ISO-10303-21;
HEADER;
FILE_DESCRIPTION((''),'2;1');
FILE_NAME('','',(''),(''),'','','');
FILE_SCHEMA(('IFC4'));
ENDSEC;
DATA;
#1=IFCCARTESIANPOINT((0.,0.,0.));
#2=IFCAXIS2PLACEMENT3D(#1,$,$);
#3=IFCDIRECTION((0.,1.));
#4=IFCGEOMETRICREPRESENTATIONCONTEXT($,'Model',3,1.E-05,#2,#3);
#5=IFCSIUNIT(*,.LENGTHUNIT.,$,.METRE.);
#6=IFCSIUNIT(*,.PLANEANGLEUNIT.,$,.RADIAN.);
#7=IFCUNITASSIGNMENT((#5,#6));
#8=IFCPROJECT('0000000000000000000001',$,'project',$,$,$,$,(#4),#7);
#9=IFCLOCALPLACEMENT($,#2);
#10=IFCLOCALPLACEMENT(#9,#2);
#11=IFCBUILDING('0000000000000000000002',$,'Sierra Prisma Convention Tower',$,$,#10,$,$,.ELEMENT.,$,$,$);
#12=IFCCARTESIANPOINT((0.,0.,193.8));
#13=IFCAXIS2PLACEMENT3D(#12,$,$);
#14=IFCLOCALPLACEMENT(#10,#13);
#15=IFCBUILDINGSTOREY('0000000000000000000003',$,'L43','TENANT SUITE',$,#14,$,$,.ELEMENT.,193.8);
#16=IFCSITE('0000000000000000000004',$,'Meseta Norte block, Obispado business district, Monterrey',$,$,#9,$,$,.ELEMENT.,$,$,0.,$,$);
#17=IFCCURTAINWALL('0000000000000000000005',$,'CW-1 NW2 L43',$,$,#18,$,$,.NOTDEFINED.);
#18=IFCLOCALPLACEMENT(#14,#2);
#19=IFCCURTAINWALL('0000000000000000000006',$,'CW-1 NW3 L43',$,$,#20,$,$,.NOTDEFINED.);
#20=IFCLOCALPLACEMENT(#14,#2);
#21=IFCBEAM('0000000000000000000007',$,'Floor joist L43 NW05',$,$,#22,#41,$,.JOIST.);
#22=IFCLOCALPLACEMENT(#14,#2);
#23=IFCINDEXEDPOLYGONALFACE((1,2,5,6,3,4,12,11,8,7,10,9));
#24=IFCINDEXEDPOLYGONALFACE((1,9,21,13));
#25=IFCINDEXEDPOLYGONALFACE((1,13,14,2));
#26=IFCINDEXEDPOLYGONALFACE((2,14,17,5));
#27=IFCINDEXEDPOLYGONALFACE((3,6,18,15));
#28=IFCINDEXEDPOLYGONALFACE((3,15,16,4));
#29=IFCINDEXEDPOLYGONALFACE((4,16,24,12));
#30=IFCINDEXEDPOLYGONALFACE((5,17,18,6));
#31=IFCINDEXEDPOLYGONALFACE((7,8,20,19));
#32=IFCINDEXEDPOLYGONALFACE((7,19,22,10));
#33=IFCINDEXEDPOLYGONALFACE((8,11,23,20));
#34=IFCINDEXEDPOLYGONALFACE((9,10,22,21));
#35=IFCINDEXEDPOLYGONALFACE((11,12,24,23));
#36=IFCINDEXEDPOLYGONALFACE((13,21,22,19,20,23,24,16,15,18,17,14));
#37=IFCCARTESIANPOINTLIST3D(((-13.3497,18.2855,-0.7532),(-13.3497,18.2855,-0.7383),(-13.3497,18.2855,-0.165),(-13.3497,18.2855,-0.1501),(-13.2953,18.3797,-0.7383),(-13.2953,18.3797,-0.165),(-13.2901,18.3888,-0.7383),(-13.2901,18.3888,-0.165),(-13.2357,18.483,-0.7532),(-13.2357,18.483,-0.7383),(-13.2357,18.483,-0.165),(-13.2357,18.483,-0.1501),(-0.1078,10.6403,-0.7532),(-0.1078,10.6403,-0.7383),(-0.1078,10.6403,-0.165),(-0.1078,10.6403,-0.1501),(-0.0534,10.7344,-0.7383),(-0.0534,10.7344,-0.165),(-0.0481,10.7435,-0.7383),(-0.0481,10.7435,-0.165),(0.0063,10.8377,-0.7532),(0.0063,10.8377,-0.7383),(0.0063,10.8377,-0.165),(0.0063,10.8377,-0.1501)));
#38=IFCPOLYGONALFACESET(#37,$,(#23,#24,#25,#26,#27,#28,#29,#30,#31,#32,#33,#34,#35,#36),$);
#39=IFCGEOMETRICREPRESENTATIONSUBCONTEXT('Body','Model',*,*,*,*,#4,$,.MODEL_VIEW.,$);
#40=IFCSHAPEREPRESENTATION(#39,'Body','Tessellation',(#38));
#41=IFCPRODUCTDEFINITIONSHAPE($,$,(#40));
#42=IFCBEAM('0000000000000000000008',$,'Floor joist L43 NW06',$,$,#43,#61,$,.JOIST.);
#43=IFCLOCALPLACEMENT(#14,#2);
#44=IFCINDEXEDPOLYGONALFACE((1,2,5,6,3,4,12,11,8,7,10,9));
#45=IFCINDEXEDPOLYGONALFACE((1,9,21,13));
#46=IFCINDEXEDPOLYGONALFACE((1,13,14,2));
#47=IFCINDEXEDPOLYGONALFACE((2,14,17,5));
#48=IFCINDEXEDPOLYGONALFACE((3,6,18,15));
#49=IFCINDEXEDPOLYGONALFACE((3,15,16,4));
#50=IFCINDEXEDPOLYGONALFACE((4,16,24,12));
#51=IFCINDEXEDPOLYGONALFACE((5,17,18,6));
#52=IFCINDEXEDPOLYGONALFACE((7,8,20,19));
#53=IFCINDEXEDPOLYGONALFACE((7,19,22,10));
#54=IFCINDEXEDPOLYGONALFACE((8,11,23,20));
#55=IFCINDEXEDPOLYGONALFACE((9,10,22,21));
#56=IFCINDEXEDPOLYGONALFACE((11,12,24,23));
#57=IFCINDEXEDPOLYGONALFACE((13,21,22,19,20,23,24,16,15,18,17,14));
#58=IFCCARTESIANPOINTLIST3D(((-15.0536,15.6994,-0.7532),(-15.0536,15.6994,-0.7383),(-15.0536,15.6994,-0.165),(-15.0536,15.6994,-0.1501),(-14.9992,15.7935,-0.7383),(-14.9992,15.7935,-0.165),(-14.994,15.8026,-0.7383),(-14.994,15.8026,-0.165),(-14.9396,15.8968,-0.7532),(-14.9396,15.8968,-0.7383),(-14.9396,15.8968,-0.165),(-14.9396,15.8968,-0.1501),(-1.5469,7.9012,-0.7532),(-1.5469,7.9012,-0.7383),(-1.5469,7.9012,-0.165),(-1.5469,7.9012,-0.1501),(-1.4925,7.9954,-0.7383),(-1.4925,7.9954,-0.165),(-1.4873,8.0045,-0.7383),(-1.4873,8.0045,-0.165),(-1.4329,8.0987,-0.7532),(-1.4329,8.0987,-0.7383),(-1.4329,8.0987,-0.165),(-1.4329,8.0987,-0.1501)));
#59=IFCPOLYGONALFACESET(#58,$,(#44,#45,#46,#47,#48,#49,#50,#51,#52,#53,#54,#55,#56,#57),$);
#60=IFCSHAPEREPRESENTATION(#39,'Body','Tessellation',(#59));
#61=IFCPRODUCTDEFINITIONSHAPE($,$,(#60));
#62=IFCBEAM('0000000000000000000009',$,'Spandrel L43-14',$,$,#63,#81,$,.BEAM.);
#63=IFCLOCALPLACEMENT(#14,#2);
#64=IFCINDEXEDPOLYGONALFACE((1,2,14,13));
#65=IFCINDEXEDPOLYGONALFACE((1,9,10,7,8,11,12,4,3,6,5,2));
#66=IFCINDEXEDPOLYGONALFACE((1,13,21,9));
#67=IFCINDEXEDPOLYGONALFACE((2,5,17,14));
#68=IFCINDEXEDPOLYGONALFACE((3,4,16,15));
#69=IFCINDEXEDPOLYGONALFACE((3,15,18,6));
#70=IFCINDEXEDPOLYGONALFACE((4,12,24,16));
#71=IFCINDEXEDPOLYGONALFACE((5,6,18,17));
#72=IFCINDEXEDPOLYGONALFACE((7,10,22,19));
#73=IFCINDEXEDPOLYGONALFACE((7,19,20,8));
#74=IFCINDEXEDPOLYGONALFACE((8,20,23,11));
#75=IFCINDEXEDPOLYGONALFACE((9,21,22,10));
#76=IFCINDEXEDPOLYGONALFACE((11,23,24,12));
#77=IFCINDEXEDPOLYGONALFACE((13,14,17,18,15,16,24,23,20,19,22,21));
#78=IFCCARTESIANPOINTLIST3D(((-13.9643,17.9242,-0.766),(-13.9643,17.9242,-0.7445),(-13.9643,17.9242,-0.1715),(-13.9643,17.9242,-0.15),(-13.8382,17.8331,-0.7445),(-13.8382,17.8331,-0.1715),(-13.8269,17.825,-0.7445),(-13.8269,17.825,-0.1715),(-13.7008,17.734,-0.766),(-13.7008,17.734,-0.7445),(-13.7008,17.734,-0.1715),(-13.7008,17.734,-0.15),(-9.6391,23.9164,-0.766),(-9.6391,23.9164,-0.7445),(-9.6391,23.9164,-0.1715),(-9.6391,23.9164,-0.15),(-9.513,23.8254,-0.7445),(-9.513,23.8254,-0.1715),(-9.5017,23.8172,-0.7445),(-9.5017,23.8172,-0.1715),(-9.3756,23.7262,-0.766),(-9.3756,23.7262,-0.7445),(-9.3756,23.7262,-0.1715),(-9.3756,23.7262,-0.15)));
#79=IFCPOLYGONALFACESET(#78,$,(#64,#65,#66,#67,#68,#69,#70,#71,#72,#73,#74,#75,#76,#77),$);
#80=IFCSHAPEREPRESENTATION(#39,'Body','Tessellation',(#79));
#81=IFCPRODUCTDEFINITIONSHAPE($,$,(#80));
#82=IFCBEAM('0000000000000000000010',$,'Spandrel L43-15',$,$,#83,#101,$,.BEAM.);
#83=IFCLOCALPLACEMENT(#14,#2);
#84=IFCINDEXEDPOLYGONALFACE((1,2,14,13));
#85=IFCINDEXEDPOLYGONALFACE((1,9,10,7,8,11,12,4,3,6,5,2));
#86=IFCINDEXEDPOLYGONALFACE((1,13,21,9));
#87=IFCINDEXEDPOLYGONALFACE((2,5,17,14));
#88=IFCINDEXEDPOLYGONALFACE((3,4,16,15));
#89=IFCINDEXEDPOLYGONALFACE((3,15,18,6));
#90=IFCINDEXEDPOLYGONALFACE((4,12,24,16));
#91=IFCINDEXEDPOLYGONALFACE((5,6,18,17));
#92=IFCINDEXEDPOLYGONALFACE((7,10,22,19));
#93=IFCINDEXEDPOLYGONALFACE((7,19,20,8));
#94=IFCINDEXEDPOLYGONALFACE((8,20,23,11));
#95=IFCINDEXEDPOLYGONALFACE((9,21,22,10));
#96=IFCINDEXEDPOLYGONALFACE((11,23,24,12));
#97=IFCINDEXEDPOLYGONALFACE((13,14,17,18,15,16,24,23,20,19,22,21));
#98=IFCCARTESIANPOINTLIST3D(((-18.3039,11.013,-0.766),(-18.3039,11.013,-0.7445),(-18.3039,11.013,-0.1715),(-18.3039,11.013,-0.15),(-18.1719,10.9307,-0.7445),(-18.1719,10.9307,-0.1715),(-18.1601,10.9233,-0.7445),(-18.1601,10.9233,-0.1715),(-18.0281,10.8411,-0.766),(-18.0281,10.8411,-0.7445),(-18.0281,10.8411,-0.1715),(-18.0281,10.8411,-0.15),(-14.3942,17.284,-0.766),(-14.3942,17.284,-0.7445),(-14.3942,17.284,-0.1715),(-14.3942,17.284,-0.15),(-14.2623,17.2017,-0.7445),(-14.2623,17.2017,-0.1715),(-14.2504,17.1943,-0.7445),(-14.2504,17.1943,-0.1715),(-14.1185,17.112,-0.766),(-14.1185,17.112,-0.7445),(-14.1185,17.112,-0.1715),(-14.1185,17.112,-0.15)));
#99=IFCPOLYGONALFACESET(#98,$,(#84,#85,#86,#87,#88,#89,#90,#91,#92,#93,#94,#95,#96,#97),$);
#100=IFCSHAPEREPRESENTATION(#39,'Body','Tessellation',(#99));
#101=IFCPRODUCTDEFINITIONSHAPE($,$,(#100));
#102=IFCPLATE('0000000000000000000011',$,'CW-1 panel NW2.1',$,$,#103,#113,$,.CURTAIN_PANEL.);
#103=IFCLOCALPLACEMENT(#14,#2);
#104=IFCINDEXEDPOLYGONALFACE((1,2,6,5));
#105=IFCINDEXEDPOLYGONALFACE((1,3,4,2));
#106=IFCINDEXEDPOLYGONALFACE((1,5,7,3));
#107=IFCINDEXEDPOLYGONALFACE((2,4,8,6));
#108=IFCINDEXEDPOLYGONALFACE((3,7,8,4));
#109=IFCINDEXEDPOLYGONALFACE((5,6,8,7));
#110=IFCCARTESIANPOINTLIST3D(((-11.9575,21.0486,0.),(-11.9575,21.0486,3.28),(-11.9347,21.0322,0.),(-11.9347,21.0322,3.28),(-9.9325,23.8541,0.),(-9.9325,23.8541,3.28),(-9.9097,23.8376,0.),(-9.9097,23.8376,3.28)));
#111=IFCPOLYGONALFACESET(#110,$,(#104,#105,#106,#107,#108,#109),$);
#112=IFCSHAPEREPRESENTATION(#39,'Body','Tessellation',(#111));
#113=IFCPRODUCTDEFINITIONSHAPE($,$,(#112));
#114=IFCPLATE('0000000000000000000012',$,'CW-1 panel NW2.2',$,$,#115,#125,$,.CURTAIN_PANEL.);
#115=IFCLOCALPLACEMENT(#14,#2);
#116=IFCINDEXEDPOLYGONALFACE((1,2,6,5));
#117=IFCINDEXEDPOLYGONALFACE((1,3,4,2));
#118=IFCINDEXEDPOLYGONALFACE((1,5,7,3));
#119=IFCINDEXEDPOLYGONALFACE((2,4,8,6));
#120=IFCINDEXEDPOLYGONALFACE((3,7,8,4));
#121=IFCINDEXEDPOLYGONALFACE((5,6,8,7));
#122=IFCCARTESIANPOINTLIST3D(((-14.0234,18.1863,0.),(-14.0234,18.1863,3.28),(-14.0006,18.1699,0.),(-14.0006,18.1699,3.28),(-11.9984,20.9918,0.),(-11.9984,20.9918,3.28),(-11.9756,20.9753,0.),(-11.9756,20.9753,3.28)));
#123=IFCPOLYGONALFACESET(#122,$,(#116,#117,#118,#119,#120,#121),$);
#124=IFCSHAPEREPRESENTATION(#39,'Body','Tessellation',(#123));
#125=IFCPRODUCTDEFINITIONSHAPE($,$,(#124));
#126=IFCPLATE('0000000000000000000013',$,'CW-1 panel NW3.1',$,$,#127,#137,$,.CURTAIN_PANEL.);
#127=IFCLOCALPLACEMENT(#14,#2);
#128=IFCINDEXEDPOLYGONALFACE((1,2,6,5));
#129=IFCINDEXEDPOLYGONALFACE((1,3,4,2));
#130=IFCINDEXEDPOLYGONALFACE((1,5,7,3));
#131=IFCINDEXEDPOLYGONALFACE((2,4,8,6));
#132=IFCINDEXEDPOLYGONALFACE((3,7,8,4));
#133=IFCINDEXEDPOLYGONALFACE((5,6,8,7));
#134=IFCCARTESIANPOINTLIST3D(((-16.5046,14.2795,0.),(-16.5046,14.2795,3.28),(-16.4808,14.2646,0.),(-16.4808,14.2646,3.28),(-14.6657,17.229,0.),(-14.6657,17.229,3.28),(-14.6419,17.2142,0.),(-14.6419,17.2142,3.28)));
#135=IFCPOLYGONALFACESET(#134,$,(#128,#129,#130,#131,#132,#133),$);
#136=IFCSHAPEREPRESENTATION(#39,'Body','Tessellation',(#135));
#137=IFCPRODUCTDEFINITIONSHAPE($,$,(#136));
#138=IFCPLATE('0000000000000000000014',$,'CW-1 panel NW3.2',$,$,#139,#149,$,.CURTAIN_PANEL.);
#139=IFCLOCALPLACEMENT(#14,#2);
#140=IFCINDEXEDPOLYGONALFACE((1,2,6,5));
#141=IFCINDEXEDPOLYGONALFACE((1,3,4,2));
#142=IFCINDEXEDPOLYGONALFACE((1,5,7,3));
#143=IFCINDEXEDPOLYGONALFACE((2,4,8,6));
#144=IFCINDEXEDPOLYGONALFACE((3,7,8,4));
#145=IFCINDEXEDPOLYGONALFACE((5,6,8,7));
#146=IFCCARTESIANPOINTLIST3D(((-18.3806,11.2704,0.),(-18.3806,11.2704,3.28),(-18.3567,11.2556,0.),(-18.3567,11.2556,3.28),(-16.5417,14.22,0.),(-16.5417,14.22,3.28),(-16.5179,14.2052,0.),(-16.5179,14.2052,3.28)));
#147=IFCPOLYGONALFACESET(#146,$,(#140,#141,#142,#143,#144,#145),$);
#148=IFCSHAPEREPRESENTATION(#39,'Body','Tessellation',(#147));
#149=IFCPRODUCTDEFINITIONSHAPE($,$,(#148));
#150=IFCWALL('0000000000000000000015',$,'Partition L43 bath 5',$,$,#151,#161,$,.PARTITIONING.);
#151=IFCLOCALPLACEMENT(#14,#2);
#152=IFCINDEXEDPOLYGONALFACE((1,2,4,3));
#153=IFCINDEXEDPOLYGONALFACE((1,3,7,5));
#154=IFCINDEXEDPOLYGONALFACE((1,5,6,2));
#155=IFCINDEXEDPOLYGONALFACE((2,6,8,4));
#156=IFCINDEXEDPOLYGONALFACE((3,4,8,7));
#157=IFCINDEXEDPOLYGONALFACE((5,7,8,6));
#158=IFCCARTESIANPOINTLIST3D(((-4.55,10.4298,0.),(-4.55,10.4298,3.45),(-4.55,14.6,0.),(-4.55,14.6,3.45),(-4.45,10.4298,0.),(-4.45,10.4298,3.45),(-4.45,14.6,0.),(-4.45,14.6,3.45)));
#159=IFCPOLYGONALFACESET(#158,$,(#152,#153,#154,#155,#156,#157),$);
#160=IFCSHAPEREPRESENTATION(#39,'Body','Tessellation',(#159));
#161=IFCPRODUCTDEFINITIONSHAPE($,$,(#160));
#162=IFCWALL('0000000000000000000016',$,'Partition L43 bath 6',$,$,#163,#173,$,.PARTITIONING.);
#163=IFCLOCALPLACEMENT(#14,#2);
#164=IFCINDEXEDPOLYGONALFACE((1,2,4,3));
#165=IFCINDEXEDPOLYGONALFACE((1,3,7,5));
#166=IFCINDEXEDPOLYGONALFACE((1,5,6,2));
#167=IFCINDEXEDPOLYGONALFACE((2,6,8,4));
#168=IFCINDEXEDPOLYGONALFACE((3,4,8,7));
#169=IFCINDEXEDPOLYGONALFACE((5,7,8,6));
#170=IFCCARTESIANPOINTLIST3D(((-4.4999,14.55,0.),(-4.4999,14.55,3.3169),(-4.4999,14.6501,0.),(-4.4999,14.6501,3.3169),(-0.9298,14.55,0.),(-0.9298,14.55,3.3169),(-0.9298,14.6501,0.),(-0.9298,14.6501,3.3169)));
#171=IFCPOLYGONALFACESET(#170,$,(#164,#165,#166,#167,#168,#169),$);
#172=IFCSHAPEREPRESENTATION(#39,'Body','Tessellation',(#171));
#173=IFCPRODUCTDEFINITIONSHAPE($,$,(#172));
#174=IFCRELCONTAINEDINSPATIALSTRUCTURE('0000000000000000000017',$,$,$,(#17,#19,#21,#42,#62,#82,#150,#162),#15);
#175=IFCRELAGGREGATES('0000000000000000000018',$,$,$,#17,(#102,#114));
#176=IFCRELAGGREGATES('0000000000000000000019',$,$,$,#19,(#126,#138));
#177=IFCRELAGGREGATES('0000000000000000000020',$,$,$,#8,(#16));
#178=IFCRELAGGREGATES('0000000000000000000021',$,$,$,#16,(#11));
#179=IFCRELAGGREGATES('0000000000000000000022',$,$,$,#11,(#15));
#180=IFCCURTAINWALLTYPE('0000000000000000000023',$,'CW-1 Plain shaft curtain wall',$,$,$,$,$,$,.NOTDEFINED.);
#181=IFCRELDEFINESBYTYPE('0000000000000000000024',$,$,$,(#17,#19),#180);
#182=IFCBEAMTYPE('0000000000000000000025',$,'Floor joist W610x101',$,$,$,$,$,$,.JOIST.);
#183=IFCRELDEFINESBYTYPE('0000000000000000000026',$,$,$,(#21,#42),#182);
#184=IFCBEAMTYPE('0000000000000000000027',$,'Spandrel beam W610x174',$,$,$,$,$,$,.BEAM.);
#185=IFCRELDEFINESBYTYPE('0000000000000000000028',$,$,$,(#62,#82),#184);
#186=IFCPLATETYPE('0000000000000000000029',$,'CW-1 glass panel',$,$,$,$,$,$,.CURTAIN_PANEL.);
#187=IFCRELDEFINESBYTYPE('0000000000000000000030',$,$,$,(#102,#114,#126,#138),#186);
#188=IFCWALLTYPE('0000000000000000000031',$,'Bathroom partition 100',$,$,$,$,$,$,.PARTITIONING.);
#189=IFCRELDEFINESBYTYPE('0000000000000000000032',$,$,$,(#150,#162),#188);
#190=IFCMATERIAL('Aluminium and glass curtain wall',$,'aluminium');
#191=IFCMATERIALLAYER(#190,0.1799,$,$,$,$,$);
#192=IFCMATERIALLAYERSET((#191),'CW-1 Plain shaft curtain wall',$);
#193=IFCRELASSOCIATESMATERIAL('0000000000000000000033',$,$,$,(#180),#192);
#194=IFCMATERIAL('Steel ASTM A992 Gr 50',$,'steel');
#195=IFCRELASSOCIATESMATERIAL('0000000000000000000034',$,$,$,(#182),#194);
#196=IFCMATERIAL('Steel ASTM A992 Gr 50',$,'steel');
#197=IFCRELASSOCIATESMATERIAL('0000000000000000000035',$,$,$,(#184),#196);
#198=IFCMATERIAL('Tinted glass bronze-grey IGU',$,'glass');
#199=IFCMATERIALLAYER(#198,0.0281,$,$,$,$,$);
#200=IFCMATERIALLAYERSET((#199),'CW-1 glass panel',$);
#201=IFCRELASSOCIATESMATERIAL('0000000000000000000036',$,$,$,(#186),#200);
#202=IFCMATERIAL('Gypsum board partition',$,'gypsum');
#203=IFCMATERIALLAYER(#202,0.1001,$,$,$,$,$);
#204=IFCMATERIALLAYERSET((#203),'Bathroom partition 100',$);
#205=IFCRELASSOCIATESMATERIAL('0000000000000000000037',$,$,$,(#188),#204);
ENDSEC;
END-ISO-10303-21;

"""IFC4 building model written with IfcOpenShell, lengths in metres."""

from ifc_helpers import new_model, si_unit, direction, frame, frame_2d, origin, origin_2d, place, context, subcontext, project, spatial, rectangle, i_section, extrude, material, layer, layer_set, material_profile, profile_set, type_object, element, aggregate, save


model = new_model("IFC4")

# Units and contexts
model_context = context("Model", 3, precision=1e-05, world=origin(), true_north=direction((0.0, 1.0)))
body_context = subcontext(model_context, "Body", "Model", "MODEL_VIEW")
ifc_project = project(units=[si_unit("LENGTHUNIT", "METRE"), si_unit("PLANEANGLEUNIT", "RADIAN")], contexts=[model_context])

# Site, building, storey
site_placement = place(None, origin())
site = spatial("IfcSite", under=ifc_project, at=site_placement, Name="Meseta Norte block, Obispado business district, Monterrey", CompositionType="ELEMENT", RefElevation=0.0)
building_placement = place(site_placement, origin())
building = spatial("IfcBuilding", under=site, at=building_placement, Name="Sierra Prisma Convention Tower", CompositionType="ELEMENT")
storey_placement = place(building_placement, frame((0.0, 0.0, 193.8)))
storey = spatial("IfcBuildingStorey", under=building, at=storey_placement, Name="L43", Description="TENANT SUITE", CompositionType="ELEMENT", Elevation=193.8)

# Curtain wall
ifc_material_1 = material(Name="Aluminium and glass curtain wall", Category="aluminium")
ifc_layer_1 = layer(ifc_material_1, 0.1799)
ifc_layer_set_1 = layer_set([ifc_layer_1], Name="CW-1 Plain shaft curtain wall")
curtain_wall_type = type_object("IfcCurtainWallType", Name="CW-1 Plain shaft curtain wall", PredefinedType="NOTDEFINED", material=ifc_layer_set_1)
curtain_wall_1_placement = place(storey_placement, origin())
curtain_wall_1 = element("IfcCurtainWall", 1, at=curtain_wall_1_placement, inside=storey, type_object=curtain_wall_type, Name="CW-1 NW2 L43", PredefinedType="NOTDEFINED")

# Curtain wall
curtain_wall_2_placement = place(storey_placement, origin())
curtain_wall_2 = element("IfcCurtainWall", 2, at=curtain_wall_2_placement, inside=storey, type_object=curtain_wall_type, Name="CW-1 NW3 L43", PredefinedType="NOTDEFINED")

# Beams
ifc_material_2 = material(Name="Steel ASTM A992 Gr 50", Category="steel")
ifc_material_profile_1 = material_profile(ifc_material_2, i_section(OverallWidth=0.228, OverallDepth=0.603, WebThickness=0.0105, FlangeThickness=0.0149, at=origin_2d()), Name="W610x101")
ifc_profile_set_1 = profile_set([ifc_material_profile_1], Name="Steel ASTM A992 Gr 50")
beam_type_1 = type_object("IfcBeamType", Name="Floor joist W610x101", PredefinedType="JOIST", material=ifc_profile_set_1)
beam_1_placement = place(storey_placement, frame((-13.2927, 18.3843, -0.4517), z_axis=(0.866025, -0.500001, 0.0), x_axis=(0.500001, 0.866025, 0.0)))
element("IfcBeam", 3, at=beam_1_placement, inside=storey, type_object=beam_type_1, Name="Floor joist L43 NW05", PredefinedType="JOIST", context=body_context, shape_type="SweptSolid", body=[
    extrude(i_section(OverallWidth=0.228, OverallDepth=0.603, WebThickness=0.0105, FlangeThickness=0.0149, at=origin_2d()), origin(), (0.0, 0.0, 1.0), 15.2905),
])
beam_2_placement = place(storey_placement, frame((-14.9966, 15.7981, -0.4517), z_axis=(0.866024, -0.500003, 0.0), x_axis=(0.500003, 0.866024, 0.0)))
element("IfcBeam", 4, at=beam_2_placement, inside=storey, type_object=beam_type_1, Name="Floor joist L43 NW06", PredefinedType="JOIST", context=body_context, shape_type="SweptSolid", body=[
    extrude(i_section(OverallWidth=0.228, OverallDepth=0.603, WebThickness=0.0105, FlangeThickness=0.0149, at=origin_2d()), origin(), (0.0, 0.0, 1.0), 15.5962),
])
ifc_material_3 = material(Name="Steel ASTM A992 Gr 50", Category="steel")
ifc_material_profile_2 = material_profile(ifc_material_3, i_section(OverallWidth=0.325, OverallDepth=0.616, WebThickness=0.0139, FlangeThickness=0.0215, at=origin_2d()), Name="W610x174")
ifc_profile_set_2 = profile_set([ifc_material_profile_2], Name="Steel ASTM A992 Gr 50")
beam_type_2 = type_object("IfcBeamType", Name="Spandrel beam W610x174", PredefinedType="BEAM", material=ifc_profile_set_2)
beam_3_placement = place(storey_placement, frame((-9.5073, 23.8213, -0.458), z_axis=(-0.585269, -0.810839, 0.0), x_axis=(0.810839, -0.585269, 0.0)))
element("IfcBeam", 5, at=beam_3_placement, inside=storey, type_object=beam_type_2, Name="Spandrel L43-14", PredefinedType="BEAM", context=body_context, shape_type="SweptSolid", body=[
    extrude(i_section(OverallWidth=0.325, OverallDepth=0.616, WebThickness=0.0139, FlangeThickness=0.0215, at=origin_2d()), origin(), (0.0, 0.0, 1.0), 7.3901),
])
beam_4_placement = place(storey_placement, frame((-14.2563, 17.198, -0.458), z_axis=(-0.529054, -0.848588, 0.0), x_axis=(0.848588, -0.529054, 0.0)))
element("IfcBeam", 6, at=beam_4_placement, inside=storey, type_object=beam_type_2, Name="Spandrel L43-15", PredefinedType="BEAM", context=body_context, shape_type="SweptSolid", body=[
    extrude(i_section(OverallWidth=0.325, OverallDepth=0.616, WebThickness=0.0139, FlangeThickness=0.0215, at=origin_2d()), origin(), (0.0, 0.0, 1.0), 7.3899),
])

# Plates
ifc_material_4 = material(Name="Tinted glass bronze-grey IGU", Category="glass")
ifc_layer_2 = layer(ifc_material_4, 0.0281)
ifc_layer_set_2 = layer_set([ifc_layer_2], Name="CW-1 glass panel")
plate_type = type_object("IfcPlateType", Name="CW-1 glass panel", PredefinedType="CURTAIN_PANEL", material=ifc_layer_set_2)
plate_1_placement = place(storey_placement, frame((-10.9336, 22.4431, 0.0), z_axis=(0.0, 0.0, 1.0), x_axis=(-0.585277, -0.810833, 0.0)))
plate_1 = element("IfcPlate", 7, at=plate_1_placement, type_object=plate_type, Name="CW-1 panel NW2.1", PredefinedType="CURTAIN_PANEL", context=body_context, shape_type="SweptSolid", body=[
    extrude(rectangle(XDim=3.46, YDim=0.0281, at=origin_2d()), origin(), (0.0, 0.0, 1.0), 3.28),
])
plate_2_placement = place(storey_placement, frame((-12.9995, 19.5808, 0.0), z_axis=(0.0, 0.0, 1.0), x_axis=(-0.585277, -0.810833, 0.0)))
plate_2 = element("IfcPlate", 8, at=plate_2_placement, type_object=plate_type, Name="CW-1 panel NW2.2", PredefinedType="CURTAIN_PANEL", context=body_context, shape_type="SweptSolid", body=[
    extrude(rectangle(XDim=3.46, YDim=0.0281, at=origin_2d()), origin(), (0.0, 0.0, 1.0), 3.28),
])
aggregate(curtain_wall_1, [plate_1, plate_2])
plate_3_placement = place(storey_placement, frame((-15.5732, 15.7468, 0.0), z_axis=(0.0, 0.0, 1.0), x_axis=(-0.529044, -0.848595, 0.0)))
plate_3 = element("IfcPlate", 9, at=plate_3_placement, type_object=plate_type, Name="CW-1 panel NW3.1", PredefinedType="CURTAIN_PANEL", context=body_context, shape_type="SweptSolid", body=[
    extrude(rectangle(XDim=3.4758, YDim=0.0281, at=origin_2d()), origin(), (0.0, 0.0, 1.0), 3.28),
])
plate_4_placement = place(storey_placement, frame((-17.4492, 12.7378, 0.0), z_axis=(0.0, 0.0, 1.0), x_axis=(-0.529044, -0.848595, 0.0)))
plate_4 = element("IfcPlate", 10, at=plate_4_placement, type_object=plate_type, Name="CW-1 panel NW3.2", PredefinedType="CURTAIN_PANEL", context=body_context, shape_type="SweptSolid", body=[
    extrude(rectangle(XDim=3.4758, YDim=0.0281, at=origin_2d()), origin(), (0.0, 0.0, 1.0), 3.28),
])
aggregate(curtain_wall_2, [plate_3, plate_4])

# Walls
ifc_material_5 = material(Name="Gypsum board partition", Category="gypsum")
ifc_layer_3 = layer(ifc_material_5, 0.1001)
ifc_layer_set_3 = layer_set([ifc_layer_3], Name="Bathroom partition 100")
wall_type_1 = type_object("IfcWallType", Name="Bathroom partition 100", PredefinedType="PARTITIONING", material=ifc_layer_set_3)
wall_1_placement = place(storey_placement, frame((-4.5, 10.4299, 0.0), z_axis=(0.0, 0.0, 1.0), x_axis=(0.0, 1.0, 0.0)))
element("IfcWall", 11, at=wall_1_placement, inside=storey, type_object=wall_type_1, Name="Partition L43 bath 5", PredefinedType="PARTITIONING", context=body_context, shape_type="SweptSolid", body=[
    extrude(rectangle(XDim=4.1702, YDim=0.1001, at=frame_2d((2.085, 0.0))), origin(), (0.0, 0.0, 1.0), 3.45),
])
wall_2_placement = place(storey_placement, frame((-4.5, 14.6001, 0.0), z_axis=(0.0, 0.0, 1.0), x_axis=(1.0, 0.0, 0.0)))
element("IfcWall", 12, at=wall_2_placement, inside=storey, type_object=wall_type_1, Name="Partition L43 bath 6", PredefinedType="PARTITIONING", context=body_context, shape_type="SweptSolid", body=[
    extrude(rectangle(XDim=3.5701, YDim=0.1001, at=frame_2d((1.7852, 0.0))), origin(), (0.0, 0.0, 1.0), 3.3169),
])

save(model, "model.ifc")
